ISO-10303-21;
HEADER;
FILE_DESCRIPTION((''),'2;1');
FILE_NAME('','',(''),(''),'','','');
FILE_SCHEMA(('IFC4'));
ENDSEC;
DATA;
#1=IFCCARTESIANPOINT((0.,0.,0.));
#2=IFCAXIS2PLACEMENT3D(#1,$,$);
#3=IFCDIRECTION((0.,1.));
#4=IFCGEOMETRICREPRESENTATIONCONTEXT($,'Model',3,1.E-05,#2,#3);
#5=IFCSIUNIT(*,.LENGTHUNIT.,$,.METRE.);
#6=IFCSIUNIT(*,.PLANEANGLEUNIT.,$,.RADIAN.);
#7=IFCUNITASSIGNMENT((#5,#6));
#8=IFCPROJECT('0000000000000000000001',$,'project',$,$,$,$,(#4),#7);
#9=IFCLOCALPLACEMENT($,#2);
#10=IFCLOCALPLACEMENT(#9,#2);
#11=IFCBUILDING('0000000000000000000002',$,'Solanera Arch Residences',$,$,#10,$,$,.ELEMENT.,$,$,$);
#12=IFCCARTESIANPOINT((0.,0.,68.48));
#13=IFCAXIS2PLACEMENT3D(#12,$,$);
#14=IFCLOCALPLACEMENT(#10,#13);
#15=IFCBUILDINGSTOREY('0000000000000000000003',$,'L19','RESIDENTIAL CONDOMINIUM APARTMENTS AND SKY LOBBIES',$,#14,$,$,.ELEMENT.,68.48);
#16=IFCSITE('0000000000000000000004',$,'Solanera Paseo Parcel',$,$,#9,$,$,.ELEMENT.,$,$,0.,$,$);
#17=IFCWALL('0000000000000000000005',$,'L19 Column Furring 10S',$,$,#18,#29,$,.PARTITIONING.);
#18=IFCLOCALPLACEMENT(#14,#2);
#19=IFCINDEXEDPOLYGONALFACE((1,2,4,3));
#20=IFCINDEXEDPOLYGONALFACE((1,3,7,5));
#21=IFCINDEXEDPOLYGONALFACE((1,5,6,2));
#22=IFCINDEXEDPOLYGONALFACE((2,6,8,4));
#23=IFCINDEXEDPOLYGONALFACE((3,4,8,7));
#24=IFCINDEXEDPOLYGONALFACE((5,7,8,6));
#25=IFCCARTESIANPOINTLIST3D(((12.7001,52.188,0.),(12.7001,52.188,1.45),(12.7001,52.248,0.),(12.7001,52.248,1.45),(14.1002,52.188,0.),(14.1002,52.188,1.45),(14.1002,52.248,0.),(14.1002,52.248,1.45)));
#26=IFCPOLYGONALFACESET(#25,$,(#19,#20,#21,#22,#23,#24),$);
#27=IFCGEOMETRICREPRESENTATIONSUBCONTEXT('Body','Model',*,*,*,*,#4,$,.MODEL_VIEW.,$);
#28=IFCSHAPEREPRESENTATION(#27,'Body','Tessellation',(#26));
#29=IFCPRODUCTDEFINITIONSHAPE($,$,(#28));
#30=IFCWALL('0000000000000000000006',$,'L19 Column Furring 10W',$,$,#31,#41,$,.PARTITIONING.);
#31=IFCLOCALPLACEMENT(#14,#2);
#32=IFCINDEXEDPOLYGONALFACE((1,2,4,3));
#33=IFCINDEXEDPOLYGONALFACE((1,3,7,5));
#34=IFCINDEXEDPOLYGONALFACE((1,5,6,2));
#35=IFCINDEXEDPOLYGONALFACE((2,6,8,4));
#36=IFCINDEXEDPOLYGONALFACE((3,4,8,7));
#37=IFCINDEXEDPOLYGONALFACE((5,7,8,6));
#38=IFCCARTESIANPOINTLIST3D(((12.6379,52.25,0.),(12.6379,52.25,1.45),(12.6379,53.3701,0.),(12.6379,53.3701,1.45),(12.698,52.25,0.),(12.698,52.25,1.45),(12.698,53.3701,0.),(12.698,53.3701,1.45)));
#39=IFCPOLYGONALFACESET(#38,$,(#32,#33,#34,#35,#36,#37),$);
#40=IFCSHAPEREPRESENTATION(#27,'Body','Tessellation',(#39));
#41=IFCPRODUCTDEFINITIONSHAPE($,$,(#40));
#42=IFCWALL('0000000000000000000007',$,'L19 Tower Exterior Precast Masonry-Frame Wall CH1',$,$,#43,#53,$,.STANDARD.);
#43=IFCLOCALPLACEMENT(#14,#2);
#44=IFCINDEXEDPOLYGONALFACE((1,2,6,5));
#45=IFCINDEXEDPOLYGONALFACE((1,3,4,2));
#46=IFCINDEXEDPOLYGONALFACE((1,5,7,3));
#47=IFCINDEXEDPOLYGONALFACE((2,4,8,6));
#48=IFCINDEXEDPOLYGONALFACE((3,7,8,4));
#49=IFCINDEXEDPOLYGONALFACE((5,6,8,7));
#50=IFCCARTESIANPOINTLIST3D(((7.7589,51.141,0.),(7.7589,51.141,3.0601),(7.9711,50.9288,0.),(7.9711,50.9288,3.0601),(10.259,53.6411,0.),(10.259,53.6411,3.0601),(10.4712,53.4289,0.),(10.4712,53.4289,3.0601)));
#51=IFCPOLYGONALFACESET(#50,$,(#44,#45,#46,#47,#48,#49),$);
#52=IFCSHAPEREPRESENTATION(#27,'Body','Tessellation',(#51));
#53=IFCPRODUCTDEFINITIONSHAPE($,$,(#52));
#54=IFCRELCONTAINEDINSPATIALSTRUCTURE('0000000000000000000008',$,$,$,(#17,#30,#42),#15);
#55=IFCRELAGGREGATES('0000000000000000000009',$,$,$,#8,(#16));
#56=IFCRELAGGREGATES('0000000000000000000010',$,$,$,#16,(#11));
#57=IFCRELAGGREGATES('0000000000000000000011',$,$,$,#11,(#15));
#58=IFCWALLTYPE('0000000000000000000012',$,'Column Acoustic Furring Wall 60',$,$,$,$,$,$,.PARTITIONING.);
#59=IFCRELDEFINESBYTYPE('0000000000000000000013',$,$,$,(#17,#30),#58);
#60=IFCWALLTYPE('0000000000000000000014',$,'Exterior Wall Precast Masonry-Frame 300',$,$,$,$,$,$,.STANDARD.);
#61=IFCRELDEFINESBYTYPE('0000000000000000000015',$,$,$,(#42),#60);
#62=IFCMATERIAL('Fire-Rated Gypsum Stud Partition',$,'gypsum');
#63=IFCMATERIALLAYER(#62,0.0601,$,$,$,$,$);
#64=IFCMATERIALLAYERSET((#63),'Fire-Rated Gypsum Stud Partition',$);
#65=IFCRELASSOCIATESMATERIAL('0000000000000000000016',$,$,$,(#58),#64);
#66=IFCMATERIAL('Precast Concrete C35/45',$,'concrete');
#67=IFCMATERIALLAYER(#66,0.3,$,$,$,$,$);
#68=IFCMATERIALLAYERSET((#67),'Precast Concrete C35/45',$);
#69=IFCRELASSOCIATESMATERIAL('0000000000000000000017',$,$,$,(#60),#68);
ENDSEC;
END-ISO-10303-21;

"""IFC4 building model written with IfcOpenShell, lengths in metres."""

from ifc_helpers import new_model, si_unit, direction, frame, frame_2d, origin, place, context, subcontext, project, spatial, rectangle, extrude, material, layer, layer_set, type_object, element, save


model = new_model("IFC4")

# Units and contexts
model_context = context("Model", 3, precision=1e-05, world=origin(), true_north=direction((0.0, 1.0)))
body_context = subcontext(model_context, "Body", "Model", "MODEL_VIEW")
ifc_project = project(units=[si_unit("LENGTHUNIT", "METRE"), si_unit("PLANEANGLEUNIT", "RADIAN")], contexts=[model_context])

# Site, building, storey
site_placement = place(None, origin())
site = spatial("IfcSite", under=ifc_project, at=site_placement, Name="Solanera Paseo Parcel", CompositionType="ELEMENT", RefElevation=0.0)
building_placement = place(site_placement, origin())
building = spatial("IfcBuilding", under=site, at=building_placement, Name="Solanera Arch Residences", CompositionType="ELEMENT")
storey_placement = place(building_placement, frame((0.0, 0.0, 68.48)))
storey = spatial("IfcBuildingStorey", under=building, at=storey_placement, Name="L19", Description="RESIDENTIAL CONDOMINIUM APARTMENTS AND SKY LOBBIES", CompositionType="ELEMENT", Elevation=68.48)

# Walls
ifc_material_1 = material(Name="Fire-Rated Gypsum Stud Partition", Category="gypsum")
ifc_layer_1 = layer(ifc_material_1, 0.0601)
ifc_layer_set_1 = layer_set([ifc_layer_1], Name="Fire-Rated Gypsum Stud Partition")
wall_type_1 = type_object("IfcWallType", Name="Column Acoustic Furring Wall 60", PredefinedType="PARTITIONING", material=ifc_layer_set_1)
wall_1_placement = place(storey_placement, frame((12.7, 52.218, 0.0), z_axis=(0.0, 0.0, 1.0), x_axis=(1.0, 0.0, 0.0)))
element("IfcWall", 1, at=wall_1_placement, inside=storey, type_object=wall_type_1, Name="L19 Column Furring 10S", PredefinedType="PARTITIONING", context=body_context, shape_type="SweptSolid", body=[
    extrude(rectangle(XDim=1.4001, YDim=0.0601, at=frame_2d((0.7002, 0.0))), origin(), (0.0, 0.0, 1.0), 1.45),
])
wall_2_placement = place(storey_placement, frame((12.668, 52.25, 0.0), z_axis=(0.0, 0.0, 1.0), x_axis=(0.0, 1.0, 0.0)))
element("IfcWall", 2, at=wall_2_placement, inside=storey, type_object=wall_type_1, Name="L19 Column Furring 10W", PredefinedType="PARTITIONING", context=body_context, shape_type="SweptSolid", body=[
    extrude(rectangle(XDim=1.1201, YDim=0.0601, at=frame_2d((0.5601, 0.0))), origin(), (0.0, 0.0, 1.0), 1.45),
])
ifc_material_2 = material(Name="Precast Concrete C35/45", Category="concrete")
ifc_layer_2 = layer(ifc_material_2, 0.3)
ifc_layer_set_2 = layer_set([ifc_layer_2], Name="Precast Concrete C35/45")
wall_type_2 = type_object("IfcWallType", Name="Exterior Wall Precast Masonry-Frame 300", PredefinedType="STANDARD", material=ifc_layer_set_2)
wall_3_placement = place(storey_placement, frame((7.865, 51.0349, 0.0), z_axis=(0.0, 0.0, 1.0), x_axis=(0.707107, 0.707107, 0.0)))
element("IfcWall", 3, at=wall_3_placement, inside=storey, type_object=wall_type_2, Name="L19 Tower Exterior Precast Masonry-Frame Wall CH1", PredefinedType="STANDARD", context=body_context, shape_type="SweptSolid", body=[
    extrude(rectangle(XDim=3.5356, YDim=0.3, at=frame_2d((1.7678, 0.0))), origin(), (0.0, 0.0, 1.0), 3.0601),
])

save(model, "model.ifc")
